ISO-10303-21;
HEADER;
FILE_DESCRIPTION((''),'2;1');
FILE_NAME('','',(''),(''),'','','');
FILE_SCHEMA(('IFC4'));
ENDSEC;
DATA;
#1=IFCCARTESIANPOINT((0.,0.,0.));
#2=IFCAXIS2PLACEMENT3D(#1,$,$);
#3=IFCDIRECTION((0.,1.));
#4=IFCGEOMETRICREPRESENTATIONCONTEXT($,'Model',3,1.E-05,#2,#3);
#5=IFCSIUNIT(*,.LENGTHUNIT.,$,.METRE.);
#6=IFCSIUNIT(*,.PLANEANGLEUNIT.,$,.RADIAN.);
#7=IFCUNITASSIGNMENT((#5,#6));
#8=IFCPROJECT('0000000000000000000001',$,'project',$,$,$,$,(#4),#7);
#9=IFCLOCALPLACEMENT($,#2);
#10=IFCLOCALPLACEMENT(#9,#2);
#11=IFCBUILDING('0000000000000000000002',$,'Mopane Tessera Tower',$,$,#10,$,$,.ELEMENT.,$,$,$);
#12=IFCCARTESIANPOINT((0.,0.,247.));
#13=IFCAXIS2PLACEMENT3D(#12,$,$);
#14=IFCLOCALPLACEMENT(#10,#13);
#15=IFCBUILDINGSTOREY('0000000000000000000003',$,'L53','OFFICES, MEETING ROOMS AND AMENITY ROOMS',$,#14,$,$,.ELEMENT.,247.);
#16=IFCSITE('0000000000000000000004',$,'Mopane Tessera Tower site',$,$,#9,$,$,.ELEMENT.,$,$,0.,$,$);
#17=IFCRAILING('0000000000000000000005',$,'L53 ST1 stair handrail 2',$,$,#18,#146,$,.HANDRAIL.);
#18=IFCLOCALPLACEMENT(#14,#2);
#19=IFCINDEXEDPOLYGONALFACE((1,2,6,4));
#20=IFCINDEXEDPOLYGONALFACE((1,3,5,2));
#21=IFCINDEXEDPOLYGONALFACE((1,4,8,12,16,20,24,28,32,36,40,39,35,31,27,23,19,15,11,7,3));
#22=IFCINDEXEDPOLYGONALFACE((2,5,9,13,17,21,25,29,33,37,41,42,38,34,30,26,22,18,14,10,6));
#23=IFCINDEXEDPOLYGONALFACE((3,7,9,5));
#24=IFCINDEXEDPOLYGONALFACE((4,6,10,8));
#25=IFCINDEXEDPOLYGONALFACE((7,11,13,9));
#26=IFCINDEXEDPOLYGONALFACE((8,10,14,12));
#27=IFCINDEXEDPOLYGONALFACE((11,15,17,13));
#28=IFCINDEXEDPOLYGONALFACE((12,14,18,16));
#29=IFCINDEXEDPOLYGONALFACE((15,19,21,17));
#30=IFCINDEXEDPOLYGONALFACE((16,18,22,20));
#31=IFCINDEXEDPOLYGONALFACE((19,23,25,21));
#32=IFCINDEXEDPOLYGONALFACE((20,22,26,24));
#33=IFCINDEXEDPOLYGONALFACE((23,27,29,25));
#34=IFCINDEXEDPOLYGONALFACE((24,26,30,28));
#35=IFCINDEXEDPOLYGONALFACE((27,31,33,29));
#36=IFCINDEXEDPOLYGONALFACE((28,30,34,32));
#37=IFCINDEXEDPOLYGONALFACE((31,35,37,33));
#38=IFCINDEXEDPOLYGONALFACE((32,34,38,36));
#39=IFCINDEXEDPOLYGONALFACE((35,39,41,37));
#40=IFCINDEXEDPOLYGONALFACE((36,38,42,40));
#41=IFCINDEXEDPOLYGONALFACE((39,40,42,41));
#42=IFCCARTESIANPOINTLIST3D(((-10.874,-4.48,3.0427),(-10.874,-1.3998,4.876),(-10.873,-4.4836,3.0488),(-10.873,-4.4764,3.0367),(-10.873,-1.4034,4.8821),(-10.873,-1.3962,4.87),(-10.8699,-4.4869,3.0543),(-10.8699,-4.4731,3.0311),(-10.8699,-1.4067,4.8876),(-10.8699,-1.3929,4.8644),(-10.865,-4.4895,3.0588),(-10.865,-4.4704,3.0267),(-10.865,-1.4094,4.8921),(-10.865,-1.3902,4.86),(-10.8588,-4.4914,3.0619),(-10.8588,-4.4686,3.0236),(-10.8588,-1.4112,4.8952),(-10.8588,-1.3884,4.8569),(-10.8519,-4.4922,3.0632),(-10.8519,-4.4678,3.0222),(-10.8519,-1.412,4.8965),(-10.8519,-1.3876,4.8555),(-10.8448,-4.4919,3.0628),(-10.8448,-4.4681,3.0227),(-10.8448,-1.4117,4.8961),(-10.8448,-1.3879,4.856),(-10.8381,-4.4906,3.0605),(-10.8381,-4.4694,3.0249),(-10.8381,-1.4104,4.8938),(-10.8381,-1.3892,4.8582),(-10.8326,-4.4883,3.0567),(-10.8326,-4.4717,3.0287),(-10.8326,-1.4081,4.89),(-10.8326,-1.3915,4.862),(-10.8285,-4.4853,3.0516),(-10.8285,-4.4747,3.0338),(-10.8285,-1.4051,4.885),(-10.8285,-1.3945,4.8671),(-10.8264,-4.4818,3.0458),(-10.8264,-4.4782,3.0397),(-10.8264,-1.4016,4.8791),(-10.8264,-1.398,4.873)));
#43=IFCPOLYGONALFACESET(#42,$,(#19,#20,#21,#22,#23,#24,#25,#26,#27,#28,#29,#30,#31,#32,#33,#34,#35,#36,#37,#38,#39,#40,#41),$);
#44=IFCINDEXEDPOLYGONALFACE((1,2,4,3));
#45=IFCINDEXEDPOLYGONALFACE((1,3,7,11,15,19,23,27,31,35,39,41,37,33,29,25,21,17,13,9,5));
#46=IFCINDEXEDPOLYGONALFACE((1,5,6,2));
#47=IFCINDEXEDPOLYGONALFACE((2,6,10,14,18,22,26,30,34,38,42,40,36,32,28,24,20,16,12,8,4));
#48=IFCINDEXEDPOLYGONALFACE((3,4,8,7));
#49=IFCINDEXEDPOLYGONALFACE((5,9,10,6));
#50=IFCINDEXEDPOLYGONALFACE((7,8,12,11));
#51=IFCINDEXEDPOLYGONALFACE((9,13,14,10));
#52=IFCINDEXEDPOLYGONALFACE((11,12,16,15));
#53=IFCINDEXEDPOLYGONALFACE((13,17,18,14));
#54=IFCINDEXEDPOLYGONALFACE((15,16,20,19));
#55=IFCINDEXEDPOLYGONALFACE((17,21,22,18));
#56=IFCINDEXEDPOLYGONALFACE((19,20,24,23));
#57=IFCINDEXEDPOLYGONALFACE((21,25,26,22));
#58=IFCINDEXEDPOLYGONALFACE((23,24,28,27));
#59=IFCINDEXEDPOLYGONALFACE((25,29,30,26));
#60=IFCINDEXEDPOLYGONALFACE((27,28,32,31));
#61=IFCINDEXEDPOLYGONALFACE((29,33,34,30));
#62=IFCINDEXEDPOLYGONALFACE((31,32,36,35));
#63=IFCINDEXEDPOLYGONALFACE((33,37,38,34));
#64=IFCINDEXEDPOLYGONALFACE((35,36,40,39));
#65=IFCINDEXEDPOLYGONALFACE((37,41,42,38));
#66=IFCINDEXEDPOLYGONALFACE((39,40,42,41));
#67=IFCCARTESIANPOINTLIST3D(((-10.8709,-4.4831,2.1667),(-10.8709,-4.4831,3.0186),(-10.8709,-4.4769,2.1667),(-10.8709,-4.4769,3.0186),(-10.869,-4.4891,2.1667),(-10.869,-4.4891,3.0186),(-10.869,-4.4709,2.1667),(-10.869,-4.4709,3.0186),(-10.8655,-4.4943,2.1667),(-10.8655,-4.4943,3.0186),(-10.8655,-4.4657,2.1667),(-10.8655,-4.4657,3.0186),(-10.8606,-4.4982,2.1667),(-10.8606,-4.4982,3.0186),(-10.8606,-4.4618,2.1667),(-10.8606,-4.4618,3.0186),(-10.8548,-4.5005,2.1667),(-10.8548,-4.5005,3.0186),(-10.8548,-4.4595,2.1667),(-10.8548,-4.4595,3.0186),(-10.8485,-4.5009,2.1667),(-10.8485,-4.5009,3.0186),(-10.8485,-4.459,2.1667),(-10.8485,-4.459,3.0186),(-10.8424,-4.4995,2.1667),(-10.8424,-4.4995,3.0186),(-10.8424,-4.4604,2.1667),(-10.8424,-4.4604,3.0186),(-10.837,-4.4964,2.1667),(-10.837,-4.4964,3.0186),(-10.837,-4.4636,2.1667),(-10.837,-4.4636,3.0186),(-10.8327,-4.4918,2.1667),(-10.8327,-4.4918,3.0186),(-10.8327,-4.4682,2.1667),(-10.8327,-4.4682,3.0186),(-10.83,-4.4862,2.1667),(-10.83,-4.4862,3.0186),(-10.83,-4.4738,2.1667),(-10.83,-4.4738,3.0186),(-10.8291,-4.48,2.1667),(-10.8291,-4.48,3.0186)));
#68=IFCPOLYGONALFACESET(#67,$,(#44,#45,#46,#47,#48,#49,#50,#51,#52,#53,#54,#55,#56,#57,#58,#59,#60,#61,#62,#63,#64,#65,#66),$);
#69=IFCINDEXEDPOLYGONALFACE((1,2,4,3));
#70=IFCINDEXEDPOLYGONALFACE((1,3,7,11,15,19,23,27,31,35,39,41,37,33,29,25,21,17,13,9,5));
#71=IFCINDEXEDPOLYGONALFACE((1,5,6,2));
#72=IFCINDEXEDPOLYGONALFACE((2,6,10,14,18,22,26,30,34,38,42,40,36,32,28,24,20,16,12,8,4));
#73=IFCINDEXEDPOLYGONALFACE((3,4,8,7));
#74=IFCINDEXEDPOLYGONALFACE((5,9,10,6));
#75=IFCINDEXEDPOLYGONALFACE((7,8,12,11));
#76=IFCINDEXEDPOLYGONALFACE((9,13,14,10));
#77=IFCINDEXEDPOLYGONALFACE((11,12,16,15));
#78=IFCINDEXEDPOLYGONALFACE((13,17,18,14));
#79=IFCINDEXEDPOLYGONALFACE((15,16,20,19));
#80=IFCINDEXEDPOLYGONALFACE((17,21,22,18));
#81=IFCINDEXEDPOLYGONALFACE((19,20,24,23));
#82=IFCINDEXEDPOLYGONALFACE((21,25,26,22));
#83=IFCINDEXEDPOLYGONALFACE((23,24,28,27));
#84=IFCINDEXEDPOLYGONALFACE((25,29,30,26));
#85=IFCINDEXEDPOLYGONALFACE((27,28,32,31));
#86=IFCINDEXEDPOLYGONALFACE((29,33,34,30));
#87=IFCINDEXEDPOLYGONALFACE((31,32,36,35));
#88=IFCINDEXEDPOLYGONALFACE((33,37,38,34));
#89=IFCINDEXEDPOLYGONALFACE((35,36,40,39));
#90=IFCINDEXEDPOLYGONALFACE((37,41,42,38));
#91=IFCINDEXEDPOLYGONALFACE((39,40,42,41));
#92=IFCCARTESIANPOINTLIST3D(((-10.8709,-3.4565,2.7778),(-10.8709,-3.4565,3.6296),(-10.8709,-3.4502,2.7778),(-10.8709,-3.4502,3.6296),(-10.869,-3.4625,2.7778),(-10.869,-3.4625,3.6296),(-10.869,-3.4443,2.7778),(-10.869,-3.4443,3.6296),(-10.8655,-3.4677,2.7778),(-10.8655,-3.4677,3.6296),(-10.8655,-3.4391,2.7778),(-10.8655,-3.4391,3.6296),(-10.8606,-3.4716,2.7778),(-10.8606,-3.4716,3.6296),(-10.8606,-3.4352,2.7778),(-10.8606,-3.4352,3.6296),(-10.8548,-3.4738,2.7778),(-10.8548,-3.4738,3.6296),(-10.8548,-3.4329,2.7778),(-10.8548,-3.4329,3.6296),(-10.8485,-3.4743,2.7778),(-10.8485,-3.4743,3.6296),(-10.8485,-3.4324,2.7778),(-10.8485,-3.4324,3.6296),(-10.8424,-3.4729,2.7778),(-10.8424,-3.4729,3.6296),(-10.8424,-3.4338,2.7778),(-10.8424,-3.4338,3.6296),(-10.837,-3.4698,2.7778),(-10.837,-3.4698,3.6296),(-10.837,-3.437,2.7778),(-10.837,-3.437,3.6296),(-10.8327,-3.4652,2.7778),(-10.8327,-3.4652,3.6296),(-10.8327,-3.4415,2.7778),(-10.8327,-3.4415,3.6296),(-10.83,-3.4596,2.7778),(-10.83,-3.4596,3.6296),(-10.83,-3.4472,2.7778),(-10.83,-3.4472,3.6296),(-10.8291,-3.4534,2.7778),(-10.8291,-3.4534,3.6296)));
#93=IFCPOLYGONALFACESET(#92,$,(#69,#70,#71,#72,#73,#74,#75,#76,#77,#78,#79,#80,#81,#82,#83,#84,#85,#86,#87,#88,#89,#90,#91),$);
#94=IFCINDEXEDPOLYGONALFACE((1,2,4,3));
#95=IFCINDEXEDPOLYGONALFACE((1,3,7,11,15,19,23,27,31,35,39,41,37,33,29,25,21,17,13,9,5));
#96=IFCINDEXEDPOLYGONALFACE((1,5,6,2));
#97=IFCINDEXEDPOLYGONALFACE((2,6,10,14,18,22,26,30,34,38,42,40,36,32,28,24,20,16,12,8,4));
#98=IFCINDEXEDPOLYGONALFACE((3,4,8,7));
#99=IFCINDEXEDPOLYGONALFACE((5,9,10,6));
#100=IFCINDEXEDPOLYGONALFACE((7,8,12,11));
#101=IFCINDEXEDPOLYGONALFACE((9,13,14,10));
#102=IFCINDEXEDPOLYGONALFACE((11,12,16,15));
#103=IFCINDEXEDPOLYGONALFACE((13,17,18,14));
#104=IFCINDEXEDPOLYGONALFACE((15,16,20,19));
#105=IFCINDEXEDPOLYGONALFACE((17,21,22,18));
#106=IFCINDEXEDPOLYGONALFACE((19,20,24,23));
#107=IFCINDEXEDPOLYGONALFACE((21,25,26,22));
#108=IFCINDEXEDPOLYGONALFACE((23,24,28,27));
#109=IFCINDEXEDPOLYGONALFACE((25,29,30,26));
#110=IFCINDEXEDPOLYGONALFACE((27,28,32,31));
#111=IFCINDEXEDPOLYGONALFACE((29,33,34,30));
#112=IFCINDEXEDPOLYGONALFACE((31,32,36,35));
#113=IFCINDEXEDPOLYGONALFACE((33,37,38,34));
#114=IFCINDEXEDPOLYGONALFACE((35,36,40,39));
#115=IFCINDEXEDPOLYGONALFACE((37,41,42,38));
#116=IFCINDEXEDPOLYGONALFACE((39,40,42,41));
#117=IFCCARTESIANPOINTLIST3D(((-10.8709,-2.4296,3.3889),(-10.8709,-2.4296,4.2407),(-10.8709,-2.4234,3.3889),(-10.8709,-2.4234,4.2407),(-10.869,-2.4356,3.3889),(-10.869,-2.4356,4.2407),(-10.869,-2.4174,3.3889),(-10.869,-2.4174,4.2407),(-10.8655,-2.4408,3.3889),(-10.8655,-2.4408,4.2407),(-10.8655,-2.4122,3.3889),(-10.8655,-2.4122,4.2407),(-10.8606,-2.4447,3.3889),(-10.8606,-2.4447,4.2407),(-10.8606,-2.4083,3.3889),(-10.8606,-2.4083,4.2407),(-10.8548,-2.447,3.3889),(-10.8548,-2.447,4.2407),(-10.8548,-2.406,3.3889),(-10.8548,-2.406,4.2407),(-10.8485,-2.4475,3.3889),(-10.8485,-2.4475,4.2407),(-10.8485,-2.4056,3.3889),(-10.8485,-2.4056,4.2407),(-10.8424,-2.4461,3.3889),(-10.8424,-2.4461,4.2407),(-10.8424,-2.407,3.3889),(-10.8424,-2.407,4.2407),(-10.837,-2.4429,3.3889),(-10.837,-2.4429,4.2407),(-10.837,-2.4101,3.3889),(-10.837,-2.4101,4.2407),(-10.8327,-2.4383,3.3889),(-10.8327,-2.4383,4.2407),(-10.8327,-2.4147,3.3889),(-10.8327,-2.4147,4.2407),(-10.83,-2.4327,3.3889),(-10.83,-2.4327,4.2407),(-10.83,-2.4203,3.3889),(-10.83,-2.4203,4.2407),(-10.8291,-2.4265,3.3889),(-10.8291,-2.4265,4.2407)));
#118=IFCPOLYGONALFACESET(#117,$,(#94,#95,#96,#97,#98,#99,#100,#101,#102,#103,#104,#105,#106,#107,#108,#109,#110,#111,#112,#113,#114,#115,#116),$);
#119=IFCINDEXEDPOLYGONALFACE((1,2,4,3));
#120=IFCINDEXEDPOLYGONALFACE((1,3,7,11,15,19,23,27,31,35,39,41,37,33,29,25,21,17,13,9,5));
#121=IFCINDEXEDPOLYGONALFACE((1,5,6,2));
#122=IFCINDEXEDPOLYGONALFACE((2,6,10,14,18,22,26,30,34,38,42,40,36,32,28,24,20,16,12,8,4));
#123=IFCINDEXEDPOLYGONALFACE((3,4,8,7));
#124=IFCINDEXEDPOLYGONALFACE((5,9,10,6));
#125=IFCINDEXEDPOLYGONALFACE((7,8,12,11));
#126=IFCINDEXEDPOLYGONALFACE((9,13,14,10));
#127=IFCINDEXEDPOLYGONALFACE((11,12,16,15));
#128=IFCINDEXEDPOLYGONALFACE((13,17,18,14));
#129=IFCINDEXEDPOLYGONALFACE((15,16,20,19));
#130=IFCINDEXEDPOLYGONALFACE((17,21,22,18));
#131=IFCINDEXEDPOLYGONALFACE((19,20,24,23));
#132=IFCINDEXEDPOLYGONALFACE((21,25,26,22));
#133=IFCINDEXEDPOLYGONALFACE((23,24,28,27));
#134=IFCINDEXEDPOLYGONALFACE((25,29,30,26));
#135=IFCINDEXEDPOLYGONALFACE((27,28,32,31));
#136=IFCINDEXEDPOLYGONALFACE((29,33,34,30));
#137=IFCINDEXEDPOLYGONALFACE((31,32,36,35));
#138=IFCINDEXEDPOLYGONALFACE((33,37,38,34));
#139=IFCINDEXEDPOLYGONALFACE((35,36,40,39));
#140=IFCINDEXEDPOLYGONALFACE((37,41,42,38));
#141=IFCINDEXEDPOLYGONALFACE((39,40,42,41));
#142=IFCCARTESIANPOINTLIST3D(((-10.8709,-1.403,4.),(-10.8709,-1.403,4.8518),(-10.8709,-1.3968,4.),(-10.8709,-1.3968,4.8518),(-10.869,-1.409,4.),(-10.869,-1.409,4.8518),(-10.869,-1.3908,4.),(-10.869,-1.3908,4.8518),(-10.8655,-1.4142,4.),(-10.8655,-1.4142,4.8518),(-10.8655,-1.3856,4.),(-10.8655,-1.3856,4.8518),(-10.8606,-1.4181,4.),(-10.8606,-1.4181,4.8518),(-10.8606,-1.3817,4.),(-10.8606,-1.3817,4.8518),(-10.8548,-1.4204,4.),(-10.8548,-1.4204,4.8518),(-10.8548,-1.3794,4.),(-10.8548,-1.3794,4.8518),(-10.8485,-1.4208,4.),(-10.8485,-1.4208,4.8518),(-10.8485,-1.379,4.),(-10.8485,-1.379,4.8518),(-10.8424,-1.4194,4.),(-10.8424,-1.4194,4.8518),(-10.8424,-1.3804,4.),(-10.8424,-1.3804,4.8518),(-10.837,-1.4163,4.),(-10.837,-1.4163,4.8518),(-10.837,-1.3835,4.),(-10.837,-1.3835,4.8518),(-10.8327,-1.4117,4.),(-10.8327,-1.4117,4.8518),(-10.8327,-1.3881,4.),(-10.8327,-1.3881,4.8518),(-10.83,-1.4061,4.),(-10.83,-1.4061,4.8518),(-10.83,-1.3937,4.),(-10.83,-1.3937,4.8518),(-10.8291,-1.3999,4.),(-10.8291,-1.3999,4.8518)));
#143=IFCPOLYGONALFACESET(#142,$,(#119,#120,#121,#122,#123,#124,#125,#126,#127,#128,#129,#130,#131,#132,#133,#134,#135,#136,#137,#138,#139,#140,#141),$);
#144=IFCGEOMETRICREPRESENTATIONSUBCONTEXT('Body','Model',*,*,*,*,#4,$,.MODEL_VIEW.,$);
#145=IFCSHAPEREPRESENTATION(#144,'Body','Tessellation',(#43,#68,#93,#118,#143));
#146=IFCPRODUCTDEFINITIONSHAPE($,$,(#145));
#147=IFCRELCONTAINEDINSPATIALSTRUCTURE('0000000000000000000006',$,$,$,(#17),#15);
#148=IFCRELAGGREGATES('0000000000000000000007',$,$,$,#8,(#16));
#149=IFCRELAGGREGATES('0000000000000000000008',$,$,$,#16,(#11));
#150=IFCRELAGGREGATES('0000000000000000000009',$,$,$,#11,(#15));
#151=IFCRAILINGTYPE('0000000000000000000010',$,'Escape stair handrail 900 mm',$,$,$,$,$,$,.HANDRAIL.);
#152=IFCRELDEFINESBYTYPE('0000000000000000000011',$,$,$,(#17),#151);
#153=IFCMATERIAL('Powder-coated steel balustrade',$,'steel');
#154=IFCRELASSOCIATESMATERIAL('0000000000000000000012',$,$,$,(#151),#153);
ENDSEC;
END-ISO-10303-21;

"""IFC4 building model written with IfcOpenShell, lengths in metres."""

from ifc_helpers import new_model, si_unit, direction, frame, origin, origin_2d, place, context, subcontext, project, spatial, circle, extrude, material, type_object, element, save


model = new_model("IFC4")

# Units and contexts
model_context = context("Model", 3, precision=1e-05, world=origin(), true_north=direction((0.0, 1.0)))
body_context = subcontext(model_context, "Body", "Model", "MODEL_VIEW")
ifc_project = project(units=[si_unit("LENGTHUNIT", "METRE"), si_unit("PLANEANGLEUNIT", "RADIAN")], contexts=[model_context])

# Site, building, storey
site_placement = place(None, origin())
site = spatial("IfcSite", under=ifc_project, at=site_placement, Name="Mopane Tessera Tower site", CompositionType="ELEMENT", RefElevation=0.0)
building_placement = place(site_placement, origin())
building = spatial("IfcBuilding", under=site, at=building_placement, Name="Mopane Tessera Tower", CompositionType="ELEMENT")
storey_placement = place(building_placement, frame((0.0, 0.0, 247.0)))
storey = spatial("IfcBuildingStorey", under=building, at=storey_placement, Name="L53", Description="OFFICES, MEETING ROOMS AND AMENITY ROOMS", CompositionType="ELEMENT", Elevation=247.0)

# Railing
ifc_material_1 = material(Name="Powder-coated steel balustrade", Category="steel")
railing_type_1 = type_object("IfcRailingType", Name="Escape stair handrail 900 mm", PredefinedType="HANDRAIL", material=ifc_material_1)
railing_1_placement = place(storey_placement, frame((-10.8501, -4.48, 2.1667)))
element("IfcRailing", 1, at=railing_1_placement, inside=storey, type_object=railing_type_1, Name="L53 ST1 stair handrail 2", PredefinedType="HANDRAIL", context=body_context, shape_type="SweptSolid", body=[
    extrude(circle(Radius=0.0239, at=origin_2d()), frame((0.0, 0.0, 0.876), z_axis=(0.0, 0.859309, 0.511458), x_axis=(-1.0, 0.0, 0.0)), (0.0, 0.0, 1.0), 3.5845),
    extrude(circle(Radius=0.021, at=origin_2d()), origin(), (0.0, 0.0, 1.0), 0.8518),
    extrude(circle(Radius=0.021, at=origin_2d()), frame((0.0, 1.0266, 0.6111)), (0.0, 0.0, 1.0), 0.8518),
    extrude(circle(Radius=0.021, at=origin_2d()), frame((0.0, 2.0535, 1.2222)), (0.0, 0.0, 1.0), 0.8518),
    extrude(circle(Radius=0.021, at=origin_2d()), frame((0.0, 3.0801, 1.8333)), (0.0, 0.0, 1.0), 0.8518),
])

save(model, "model.ifc")
